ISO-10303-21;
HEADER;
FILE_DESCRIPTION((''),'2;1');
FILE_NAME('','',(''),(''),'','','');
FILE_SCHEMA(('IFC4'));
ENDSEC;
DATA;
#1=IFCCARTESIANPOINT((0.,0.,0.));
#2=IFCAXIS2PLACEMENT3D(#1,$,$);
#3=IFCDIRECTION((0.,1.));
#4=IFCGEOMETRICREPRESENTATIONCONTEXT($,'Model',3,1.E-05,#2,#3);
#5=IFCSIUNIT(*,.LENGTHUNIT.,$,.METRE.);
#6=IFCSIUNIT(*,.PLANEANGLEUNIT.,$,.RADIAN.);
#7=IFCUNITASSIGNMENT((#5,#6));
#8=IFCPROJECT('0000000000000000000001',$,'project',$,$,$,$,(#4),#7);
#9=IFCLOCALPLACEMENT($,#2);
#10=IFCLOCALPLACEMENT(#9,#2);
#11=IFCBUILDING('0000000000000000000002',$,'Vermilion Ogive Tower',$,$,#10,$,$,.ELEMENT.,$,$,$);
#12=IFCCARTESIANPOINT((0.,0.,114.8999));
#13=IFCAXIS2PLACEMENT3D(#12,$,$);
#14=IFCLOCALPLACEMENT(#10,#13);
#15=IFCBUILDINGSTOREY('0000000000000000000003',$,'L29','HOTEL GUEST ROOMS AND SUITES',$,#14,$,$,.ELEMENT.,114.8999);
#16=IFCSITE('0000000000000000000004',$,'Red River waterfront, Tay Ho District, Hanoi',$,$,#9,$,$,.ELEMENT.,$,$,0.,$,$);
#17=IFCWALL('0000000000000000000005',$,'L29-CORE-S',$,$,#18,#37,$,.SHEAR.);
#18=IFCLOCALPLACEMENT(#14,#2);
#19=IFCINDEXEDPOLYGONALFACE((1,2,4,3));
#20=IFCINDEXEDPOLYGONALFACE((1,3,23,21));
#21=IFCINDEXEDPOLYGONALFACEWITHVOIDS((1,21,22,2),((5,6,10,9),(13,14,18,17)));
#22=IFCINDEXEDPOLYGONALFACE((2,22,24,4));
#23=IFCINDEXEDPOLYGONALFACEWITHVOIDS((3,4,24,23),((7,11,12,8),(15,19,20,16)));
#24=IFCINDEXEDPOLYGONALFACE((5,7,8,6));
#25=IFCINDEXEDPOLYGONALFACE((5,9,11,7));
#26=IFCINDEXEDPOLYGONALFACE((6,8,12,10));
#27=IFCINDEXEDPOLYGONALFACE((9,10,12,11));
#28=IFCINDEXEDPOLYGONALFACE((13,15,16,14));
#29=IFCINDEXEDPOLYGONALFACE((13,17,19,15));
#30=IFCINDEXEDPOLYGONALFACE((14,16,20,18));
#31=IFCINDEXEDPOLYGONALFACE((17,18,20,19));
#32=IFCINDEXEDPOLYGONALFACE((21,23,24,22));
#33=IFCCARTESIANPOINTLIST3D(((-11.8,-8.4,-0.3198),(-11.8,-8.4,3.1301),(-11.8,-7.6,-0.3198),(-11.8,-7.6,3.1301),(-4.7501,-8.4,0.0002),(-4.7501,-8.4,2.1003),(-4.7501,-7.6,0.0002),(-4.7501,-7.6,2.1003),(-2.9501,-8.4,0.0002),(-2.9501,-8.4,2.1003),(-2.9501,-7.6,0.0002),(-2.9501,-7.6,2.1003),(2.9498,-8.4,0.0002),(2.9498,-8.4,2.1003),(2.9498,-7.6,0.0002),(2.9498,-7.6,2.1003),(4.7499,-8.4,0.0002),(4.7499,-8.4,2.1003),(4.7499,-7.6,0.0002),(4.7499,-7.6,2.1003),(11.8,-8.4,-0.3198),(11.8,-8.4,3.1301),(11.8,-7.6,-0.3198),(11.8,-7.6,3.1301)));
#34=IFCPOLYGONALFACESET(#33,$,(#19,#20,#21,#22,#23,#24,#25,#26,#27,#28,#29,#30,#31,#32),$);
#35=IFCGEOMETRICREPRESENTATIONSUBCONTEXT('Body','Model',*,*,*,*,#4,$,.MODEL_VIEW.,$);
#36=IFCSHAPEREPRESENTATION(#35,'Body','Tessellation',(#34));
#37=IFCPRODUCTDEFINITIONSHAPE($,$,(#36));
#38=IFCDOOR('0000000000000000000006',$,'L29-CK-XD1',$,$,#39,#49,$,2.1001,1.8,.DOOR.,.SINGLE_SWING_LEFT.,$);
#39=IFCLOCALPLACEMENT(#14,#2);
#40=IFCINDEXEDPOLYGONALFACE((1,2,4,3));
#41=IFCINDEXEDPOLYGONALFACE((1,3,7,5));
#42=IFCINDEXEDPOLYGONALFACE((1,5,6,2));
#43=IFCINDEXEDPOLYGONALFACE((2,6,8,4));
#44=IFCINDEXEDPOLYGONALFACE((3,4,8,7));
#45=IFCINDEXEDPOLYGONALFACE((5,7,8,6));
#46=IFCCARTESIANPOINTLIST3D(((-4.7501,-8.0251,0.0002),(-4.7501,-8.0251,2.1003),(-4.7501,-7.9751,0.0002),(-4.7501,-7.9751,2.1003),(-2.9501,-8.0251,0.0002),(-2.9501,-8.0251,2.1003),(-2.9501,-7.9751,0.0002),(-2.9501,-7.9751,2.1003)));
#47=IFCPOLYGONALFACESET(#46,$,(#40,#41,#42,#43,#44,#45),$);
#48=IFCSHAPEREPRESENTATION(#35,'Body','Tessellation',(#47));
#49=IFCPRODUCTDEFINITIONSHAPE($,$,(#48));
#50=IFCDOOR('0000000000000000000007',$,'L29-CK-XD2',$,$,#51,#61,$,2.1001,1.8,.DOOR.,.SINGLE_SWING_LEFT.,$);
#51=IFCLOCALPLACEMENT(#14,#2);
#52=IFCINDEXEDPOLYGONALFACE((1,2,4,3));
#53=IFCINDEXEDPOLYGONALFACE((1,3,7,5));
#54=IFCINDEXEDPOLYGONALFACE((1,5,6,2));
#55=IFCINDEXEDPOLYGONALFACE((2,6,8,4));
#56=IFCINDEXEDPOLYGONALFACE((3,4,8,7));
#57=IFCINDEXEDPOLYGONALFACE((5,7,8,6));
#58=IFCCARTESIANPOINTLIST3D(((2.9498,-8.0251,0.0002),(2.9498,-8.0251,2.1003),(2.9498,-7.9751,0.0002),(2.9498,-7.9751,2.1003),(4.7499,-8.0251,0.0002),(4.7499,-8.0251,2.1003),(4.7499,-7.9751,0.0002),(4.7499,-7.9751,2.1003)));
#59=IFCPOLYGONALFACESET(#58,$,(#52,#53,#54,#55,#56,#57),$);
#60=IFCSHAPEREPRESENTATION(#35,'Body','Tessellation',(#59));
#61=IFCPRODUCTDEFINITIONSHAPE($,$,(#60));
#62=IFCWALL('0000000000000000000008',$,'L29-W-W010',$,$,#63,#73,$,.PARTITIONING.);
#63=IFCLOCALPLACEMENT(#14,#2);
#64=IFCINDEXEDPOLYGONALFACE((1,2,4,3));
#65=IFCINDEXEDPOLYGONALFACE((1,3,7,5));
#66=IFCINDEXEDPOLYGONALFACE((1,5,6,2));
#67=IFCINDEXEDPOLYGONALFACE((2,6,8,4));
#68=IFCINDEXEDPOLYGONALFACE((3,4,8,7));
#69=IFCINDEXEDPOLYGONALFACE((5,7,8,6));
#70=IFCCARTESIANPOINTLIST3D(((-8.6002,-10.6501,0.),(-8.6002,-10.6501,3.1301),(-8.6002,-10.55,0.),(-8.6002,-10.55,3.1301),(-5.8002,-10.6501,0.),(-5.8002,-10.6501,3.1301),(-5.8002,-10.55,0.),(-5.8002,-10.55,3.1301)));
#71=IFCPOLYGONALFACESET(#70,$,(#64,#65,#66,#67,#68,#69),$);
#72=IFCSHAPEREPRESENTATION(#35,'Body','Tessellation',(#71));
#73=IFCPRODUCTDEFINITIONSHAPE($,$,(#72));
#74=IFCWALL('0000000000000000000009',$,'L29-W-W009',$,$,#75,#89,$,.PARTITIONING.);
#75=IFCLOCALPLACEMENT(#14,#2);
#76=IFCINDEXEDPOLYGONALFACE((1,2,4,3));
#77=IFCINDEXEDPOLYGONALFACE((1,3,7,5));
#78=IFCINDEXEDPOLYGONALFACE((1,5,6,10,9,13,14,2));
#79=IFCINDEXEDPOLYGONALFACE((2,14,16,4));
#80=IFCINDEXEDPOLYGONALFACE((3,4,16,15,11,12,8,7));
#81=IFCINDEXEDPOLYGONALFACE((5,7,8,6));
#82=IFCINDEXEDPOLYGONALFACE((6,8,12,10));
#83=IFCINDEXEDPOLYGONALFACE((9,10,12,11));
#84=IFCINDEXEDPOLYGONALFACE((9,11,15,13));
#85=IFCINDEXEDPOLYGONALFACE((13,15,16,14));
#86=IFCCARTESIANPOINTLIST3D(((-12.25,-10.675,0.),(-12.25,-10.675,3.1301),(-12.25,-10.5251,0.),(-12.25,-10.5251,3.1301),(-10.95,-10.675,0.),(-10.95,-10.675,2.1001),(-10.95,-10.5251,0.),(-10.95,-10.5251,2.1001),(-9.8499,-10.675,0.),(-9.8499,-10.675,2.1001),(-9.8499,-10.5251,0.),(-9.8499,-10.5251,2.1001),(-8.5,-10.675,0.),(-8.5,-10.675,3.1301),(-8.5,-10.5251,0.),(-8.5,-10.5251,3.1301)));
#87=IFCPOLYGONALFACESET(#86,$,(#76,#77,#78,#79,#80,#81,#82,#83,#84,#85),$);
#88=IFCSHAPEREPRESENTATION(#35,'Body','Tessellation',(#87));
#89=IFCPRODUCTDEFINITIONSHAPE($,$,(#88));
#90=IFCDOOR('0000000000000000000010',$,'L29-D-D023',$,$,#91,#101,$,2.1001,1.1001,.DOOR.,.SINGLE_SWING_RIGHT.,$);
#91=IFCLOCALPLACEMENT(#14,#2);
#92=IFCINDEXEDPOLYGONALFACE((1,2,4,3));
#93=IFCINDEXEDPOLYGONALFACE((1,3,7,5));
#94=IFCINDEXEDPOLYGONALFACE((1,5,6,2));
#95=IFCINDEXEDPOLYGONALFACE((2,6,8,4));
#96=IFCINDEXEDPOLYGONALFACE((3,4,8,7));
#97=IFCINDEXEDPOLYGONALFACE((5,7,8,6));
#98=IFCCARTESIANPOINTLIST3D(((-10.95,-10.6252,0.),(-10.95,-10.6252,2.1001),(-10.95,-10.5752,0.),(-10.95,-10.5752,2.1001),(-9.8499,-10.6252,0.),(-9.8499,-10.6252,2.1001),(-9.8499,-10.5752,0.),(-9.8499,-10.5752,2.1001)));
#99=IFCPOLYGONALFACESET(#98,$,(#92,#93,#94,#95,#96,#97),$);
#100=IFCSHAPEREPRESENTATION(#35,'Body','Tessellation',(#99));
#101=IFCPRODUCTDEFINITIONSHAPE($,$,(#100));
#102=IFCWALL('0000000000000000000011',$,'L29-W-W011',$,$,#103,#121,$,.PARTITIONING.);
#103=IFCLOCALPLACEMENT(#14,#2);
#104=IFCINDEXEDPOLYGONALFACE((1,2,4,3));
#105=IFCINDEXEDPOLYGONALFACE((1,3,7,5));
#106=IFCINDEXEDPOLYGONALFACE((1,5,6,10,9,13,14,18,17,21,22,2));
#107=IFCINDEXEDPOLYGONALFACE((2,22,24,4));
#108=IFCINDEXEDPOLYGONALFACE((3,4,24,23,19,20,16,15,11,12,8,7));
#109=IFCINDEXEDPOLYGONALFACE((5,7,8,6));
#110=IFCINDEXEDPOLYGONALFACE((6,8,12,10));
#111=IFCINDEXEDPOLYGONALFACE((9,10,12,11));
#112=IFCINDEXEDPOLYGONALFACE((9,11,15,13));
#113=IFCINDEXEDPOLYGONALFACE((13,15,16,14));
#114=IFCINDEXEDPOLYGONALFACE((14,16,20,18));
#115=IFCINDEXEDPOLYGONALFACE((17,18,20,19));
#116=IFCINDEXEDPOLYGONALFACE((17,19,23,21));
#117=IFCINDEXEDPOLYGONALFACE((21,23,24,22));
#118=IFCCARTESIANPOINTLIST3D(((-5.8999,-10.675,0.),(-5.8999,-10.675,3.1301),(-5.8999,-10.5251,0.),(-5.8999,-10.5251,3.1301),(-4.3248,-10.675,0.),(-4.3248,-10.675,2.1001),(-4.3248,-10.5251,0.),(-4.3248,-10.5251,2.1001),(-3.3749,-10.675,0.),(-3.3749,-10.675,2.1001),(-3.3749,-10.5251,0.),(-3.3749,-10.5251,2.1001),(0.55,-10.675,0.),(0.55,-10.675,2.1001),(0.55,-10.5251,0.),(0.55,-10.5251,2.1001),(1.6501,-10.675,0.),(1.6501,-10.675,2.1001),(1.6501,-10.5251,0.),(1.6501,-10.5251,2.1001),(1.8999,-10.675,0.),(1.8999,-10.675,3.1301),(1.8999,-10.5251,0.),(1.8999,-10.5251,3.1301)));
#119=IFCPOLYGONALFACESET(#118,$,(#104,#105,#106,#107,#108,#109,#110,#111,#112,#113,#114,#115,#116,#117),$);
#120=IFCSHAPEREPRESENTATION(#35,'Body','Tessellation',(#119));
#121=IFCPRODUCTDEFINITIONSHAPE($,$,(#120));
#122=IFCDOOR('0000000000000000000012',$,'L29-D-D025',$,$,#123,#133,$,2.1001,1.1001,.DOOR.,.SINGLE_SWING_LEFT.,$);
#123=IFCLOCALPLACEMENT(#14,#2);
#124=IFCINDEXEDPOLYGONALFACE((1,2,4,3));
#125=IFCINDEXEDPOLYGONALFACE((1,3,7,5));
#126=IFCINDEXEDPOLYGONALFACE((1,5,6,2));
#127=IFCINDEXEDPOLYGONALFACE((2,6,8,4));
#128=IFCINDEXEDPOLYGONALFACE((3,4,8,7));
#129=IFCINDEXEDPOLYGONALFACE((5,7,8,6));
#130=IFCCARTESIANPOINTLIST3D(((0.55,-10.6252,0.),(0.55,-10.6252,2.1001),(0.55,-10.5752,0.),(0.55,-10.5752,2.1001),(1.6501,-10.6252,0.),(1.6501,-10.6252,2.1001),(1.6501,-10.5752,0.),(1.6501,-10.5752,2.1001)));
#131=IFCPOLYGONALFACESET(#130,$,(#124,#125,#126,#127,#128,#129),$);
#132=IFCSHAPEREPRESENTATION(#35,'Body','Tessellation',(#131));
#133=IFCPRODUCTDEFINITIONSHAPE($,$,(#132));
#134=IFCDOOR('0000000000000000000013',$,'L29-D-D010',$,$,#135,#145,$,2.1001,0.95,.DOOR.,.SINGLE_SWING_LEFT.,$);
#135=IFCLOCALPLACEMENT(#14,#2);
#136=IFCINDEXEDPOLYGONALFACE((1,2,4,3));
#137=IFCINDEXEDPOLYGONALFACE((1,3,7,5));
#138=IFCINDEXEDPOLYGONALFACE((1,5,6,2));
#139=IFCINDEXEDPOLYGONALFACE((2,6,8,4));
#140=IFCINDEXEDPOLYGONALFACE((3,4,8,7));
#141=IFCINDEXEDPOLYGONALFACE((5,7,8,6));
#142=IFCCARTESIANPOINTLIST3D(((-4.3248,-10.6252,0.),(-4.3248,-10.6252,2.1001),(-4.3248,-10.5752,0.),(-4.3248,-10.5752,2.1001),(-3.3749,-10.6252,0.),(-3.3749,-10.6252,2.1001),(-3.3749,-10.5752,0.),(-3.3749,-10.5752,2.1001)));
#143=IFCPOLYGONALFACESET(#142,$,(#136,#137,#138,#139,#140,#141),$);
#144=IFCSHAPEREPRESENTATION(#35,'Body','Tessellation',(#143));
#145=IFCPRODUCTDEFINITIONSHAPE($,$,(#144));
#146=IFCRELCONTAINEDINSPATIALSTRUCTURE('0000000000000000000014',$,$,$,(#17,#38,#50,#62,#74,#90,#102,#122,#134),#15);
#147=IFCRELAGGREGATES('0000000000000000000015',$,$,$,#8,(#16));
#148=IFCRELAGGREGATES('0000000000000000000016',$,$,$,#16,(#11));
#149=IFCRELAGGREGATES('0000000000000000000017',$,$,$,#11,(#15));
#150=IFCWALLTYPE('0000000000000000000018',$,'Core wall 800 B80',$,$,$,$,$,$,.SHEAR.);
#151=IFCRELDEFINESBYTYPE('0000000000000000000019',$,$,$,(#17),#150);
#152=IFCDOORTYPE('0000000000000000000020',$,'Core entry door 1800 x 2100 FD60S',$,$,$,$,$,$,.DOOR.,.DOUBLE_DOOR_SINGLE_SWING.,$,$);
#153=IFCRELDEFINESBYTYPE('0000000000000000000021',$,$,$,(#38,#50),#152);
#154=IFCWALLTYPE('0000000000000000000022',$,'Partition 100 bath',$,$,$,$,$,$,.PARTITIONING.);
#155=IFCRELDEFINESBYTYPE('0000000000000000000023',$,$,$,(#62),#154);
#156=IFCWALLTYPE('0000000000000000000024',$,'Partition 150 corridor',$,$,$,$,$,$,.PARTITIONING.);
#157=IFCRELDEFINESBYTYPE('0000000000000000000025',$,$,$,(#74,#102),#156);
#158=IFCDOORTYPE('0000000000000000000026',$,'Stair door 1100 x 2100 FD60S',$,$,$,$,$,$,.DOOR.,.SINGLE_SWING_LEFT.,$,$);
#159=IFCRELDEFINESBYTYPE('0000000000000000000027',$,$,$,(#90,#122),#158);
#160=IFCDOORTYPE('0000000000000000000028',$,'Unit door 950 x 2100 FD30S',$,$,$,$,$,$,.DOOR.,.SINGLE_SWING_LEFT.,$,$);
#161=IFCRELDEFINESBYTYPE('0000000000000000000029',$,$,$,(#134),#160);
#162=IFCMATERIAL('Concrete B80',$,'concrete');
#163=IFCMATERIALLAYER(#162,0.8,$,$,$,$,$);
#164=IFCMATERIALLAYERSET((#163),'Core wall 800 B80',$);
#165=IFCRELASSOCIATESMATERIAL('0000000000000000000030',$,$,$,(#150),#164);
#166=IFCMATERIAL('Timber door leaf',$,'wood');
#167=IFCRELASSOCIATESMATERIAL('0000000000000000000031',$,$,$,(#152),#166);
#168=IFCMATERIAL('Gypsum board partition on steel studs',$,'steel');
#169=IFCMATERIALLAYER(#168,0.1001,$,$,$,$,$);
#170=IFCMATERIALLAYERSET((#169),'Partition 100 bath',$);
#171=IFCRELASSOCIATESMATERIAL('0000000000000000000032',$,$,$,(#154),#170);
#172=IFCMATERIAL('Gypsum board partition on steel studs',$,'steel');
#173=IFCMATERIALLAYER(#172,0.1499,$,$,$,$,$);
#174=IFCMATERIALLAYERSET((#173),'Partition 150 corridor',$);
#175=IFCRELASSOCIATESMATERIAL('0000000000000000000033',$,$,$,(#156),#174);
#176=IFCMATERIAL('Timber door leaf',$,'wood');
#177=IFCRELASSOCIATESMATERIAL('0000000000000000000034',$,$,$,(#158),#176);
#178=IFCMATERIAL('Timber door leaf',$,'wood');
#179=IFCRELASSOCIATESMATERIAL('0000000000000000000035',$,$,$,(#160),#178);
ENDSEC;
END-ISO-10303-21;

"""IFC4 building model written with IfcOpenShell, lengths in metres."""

from ifc_helpers import new_model, si_unit, direction, frame, frame_2d, origin, place, context, subcontext, project, spatial, rectangle, extrude, material, layer, layer_set, type_object, element, fill, save


model = new_model("IFC4")

# Units and contexts
model_context = context("Model", 3, precision=1e-05, world=origin(), true_north=direction((0.0, 1.0)))
body_context = subcontext(model_context, "Body", "Model", "MODEL_VIEW")
ifc_project = project(units=[si_unit("LENGTHUNIT", "METRE"), si_unit("PLANEANGLEUNIT", "RADIAN")], contexts=[model_context])

# Site, building, storey
site_placement = place(None, origin())
site = spatial("IfcSite", under=ifc_project, at=site_placement, Name="Red River waterfront, Tay Ho District, Hanoi", CompositionType="ELEMENT", RefElevation=0.0)
building_placement = place(site_placement, origin())
building = spatial("IfcBuilding", under=site, at=building_placement, Name="Vermilion Ogive Tower", CompositionType="ELEMENT")
storey_placement = place(building_placement, frame((0.0, 0.0, 114.8999)))
storey = spatial("IfcBuildingStorey", under=building, at=storey_placement, Name="L29", Description="HOTEL GUEST ROOMS AND SUITES", CompositionType="ELEMENT", Elevation=114.8999)

# Wall, openings, doors
ifc_material_1 = material(Name="Concrete B80", Category="concrete")
ifc_layer_1 = layer(ifc_material_1, 0.8)
ifc_layer_set_1 = layer_set([ifc_layer_1], Name="Core wall 800 B80")
wall_type_1 = type_object("IfcWallType", Name="Core wall 800 B80", PredefinedType="SHEAR", material=ifc_layer_set_1)
wall_1_placement = place(storey_placement, frame((-11.8, -8.0, -0.3198), z_axis=(0.0, 0.0, 1.0), x_axis=(1.0, 0.0, 0.0)))
wall_1 = element("IfcWall", 1, at=wall_1_placement, inside=storey, type_object=wall_type_1, Name="L29-CORE-S", PredefinedType="SHEAR", context=body_context, shape_type="SweptSolid", body=[
    extrude(rectangle(XDim=23.6001, YDim=0.8, at=frame_2d((11.8, 0.0))), origin(), (0.0, 0.0, 1.0), 3.45),
])
opening_1_placement = place(wall_1_placement, frame((7.05, 0.0, 0.3201)))
opening_1 = element("IfcOpeningElement", 2, at=opening_1_placement, cuts=wall_1, PredefinedType="OPENING", context=body_context, shape_type="SweptSolid", body=[
    extrude(rectangle(XDim=1.8, YDim=2.1001, at=frame_2d((0.8999, 1.05))), frame((0.0, 0.4099, 0.0), z_axis=(0.0, -1.0, 0.0), x_axis=(1.0, 0.0, 0.0)), (0.0, 0.0, 1.0), 0.8201),
])
opening_2_placement = place(wall_1_placement, frame((14.75, 0.0, 0.3201)))
opening_2 = element("IfcOpeningElement", 3, at=opening_2_placement, cuts=wall_1, PredefinedType="OPENING", context=body_context, shape_type="SweptSolid", body=[
    extrude(rectangle(XDim=1.8, YDim=2.1001, at=frame_2d((0.8999, 1.05))), frame((0.0, 0.4099, 0.0), z_axis=(0.0, -1.0, 0.0), x_axis=(1.0, 0.0, 0.0)), (0.0, 0.0, 1.0), 0.8201),
])
ifc_material_2 = material(Name="Timber door leaf", Category="wood")
door_type_1 = type_object("IfcDoorType", Name="Core entry door 1800 x 2100 FD60S", OperationType="DOUBLE_DOOR_SINGLE_SWING", PredefinedType="DOOR", material=ifc_material_2)
door_1_placement = place(opening_1_placement, origin())
door_1 = element("IfcDoor", 4, at=door_1_placement, inside=storey, type_object=door_type_1, Name="L29-CK-XD1", OperationType="SINGLE_SWING_LEFT", OverallHeight=2.1001, OverallWidth=1.8, PredefinedType="DOOR", context=body_context, shape_type="SweptSolid", body=[
    extrude(rectangle(XDim=1.8, YDim=2.1001, at=frame_2d((0.8999, 1.05))), frame((0.0, 0.0249, 0.0), z_axis=(0.0, -1.0, 0.0), x_axis=(1.0, 0.0, 0.0)), (0.0, 0.0, 1.0), 0.05),
])
fill(opening_1, door_1)
door_2_placement = place(opening_2_placement, origin())
door_2 = element("IfcDoor", 5, at=door_2_placement, inside=storey, type_object=door_type_1, Name="L29-CK-XD2", OperationType="SINGLE_SWING_LEFT", OverallHeight=2.1001, OverallWidth=1.8, PredefinedType="DOOR", context=body_context, shape_type="SweptSolid", body=[
    extrude(rectangle(XDim=1.8, YDim=2.1001, at=frame_2d((0.8999, 1.05))), frame((0.0, 0.0249, 0.0), z_axis=(0.0, -1.0, 0.0), x_axis=(1.0, 0.0, 0.0)), (0.0, 0.0, 1.0), 0.05),
])
fill(opening_2, door_2)

# Wall
ifc_material_3 = material(Name="Gypsum board partition on steel studs", Category="steel")
ifc_layer_2 = layer(ifc_material_3, 0.1001)
ifc_layer_set_2 = layer_set([ifc_layer_2], Name="Partition 100 bath")
wall_type_2 = type_object("IfcWallType", Name="Partition 100 bath", PredefinedType="PARTITIONING", material=ifc_layer_set_2)
wall_2_placement = place(storey_placement, frame((-8.6001, -10.6001, 0.0), z_axis=(0.0, 0.0, 1.0), x_axis=(1.0, 0.0, 0.0)))
element("IfcWall", 6, at=wall_2_placement, inside=storey, type_object=wall_type_2, Name="L29-W-W010", PredefinedType="PARTITIONING", context=body_context, shape_type="SweptSolid", body=[
    extrude(rectangle(XDim=2.8, YDim=0.1001, at=frame_2d((1.3999, 0.0))), origin(), (0.0, 0.0, 1.0), 3.1301),
])

# Wall, opening, door
ifc_material_4 = material(Name="Gypsum board partition on steel studs", Category="steel")
ifc_layer_3 = layer(ifc_material_4, 0.1499)
ifc_layer_set_3 = layer_set([ifc_layer_3], Name="Partition 150 corridor")
wall_type_3 = type_object("IfcWallType", Name="Partition 150 corridor", PredefinedType="PARTITIONING", material=ifc_layer_set_3)
wall_3_placement = place(storey_placement, frame((-12.25, -10.6001, 0.0), z_axis=(0.0, 0.0, 1.0), x_axis=(1.0, 0.0, 0.0)))
wall_3 = element("IfcWall", 7, at=wall_3_placement, inside=storey, type_object=wall_type_3, Name="L29-W-W009", PredefinedType="PARTITIONING", context=body_context, shape_type="SweptSolid", body=[
    extrude(rectangle(XDim=3.75, YDim=0.1499, at=frame_2d((1.875, 0.0))), origin(), (0.0, 0.0, 1.0), 3.1301),
])
opening_3_placement = place(wall_3_placement, frame((1.3, 0.0, 0.0)))
opening_3 = element("IfcOpeningElement", 8, at=opening_3_placement, cuts=wall_3, PredefinedType="OPENING", context=body_context, shape_type="SweptSolid", body=[
    extrude(rectangle(XDim=1.1001, YDim=2.1001, at=frame_2d((0.55, 1.05))), frame((0.0, 0.085, 0.0), z_axis=(0.0, -1.0, 0.0), x_axis=(1.0, 0.0, 0.0)), (0.0, 0.0, 1.0), 0.1699),
])
ifc_material_5 = material(Name="Timber door leaf", Category="wood")
door_type_2 = type_object("IfcDoorType", Name="Stair door 1100 x 2100 FD60S", OperationType="SINGLE_SWING_LEFT", PredefinedType="DOOR", material=ifc_material_5)
door_3_placement = place(opening_3_placement, origin())
door_3 = element("IfcDoor", 9, at=door_3_placement, inside=storey, type_object=door_type_2, Name="L29-D-D023", OperationType="SINGLE_SWING_RIGHT", OverallHeight=2.1001, OverallWidth=1.1001, PredefinedType="DOOR", context=body_context, shape_type="SweptSolid", body=[
    extrude(rectangle(XDim=1.1001, YDim=2.1001, at=frame_2d((0.55, 1.05))), frame((0.0, 0.0249, 0.0), z_axis=(0.0, -1.0, 0.0), x_axis=(1.0, 0.0, 0.0)), (0.0, 0.0, 1.0), 0.05),
])
fill(opening_3, door_3)

# Wall, openings, doors
wall_4_placement = place(storey_placement, frame((-5.8999, -10.6001, 0.0), z_axis=(0.0, 0.0, 1.0), x_axis=(1.0, 0.0, 0.0)))
wall_4 = element("IfcWall", 10, at=wall_4_placement, inside=storey, type_object=wall_type_3, Name="L29-W-W011", PredefinedType="PARTITIONING", context=body_context, shape_type="SweptSolid", body=[
    extrude(rectangle(XDim=7.7998, YDim=0.1499, at=frame_2d((3.8999, 0.0))), origin(), (0.0, 0.0, 1.0), 3.1301),
])
opening_4_placement = place(wall_4_placement, frame((1.575, 0.0, 0.0)))
opening_4 = element("IfcOpeningElement", 11, at=opening_4_placement, cuts=wall_4, PredefinedType="OPENING", context=body_context, shape_type="SweptSolid", body=[
    extrude(rectangle(XDim=0.95, YDim=2.1001, at=frame_2d((0.4751, 1.05))), frame((0.0, 0.085, 0.0), z_axis=(0.0, -1.0, 0.0), x_axis=(1.0, 0.0, 0.0)), (0.0, 0.0, 1.0), 0.1699),
])
opening_5_placement = place(wall_4_placement, frame((6.45, 0.0, 0.0)))
opening_5 = element("IfcOpeningElement", 12, at=opening_5_placement, cuts=wall_4, PredefinedType="OPENING", context=body_context, shape_type="SweptSolid", body=[
    extrude(rectangle(XDim=1.1001, YDim=2.1001, at=frame_2d((0.55, 1.05))), frame((0.0, 0.085, 0.0), z_axis=(0.0, -1.0, 0.0), x_axis=(1.0, 0.0, 0.0)), (0.0, 0.0, 1.0), 0.1699),
])
door_4_placement = place(opening_5_placement, origin())
door_4 = element("IfcDoor", 13, at=door_4_placement, inside=storey, type_object=door_type_2, Name="L29-D-D025", OperationType="SINGLE_SWING_LEFT", OverallHeight=2.1001, OverallWidth=1.1001, PredefinedType="DOOR", context=body_context, shape_type="SweptSolid", body=[
    extrude(rectangle(XDim=1.1001, YDim=2.1001, at=frame_2d((0.55, 1.05))), frame((0.0, 0.0249, 0.0), z_axis=(0.0, -1.0, 0.0), x_axis=(1.0, 0.0, 0.0)), (0.0, 0.0, 1.0), 0.05),
])
fill(opening_5, door_4)
ifc_material_6 = material(Name="Timber door leaf", Category="wood")
door_type_3 = type_object("IfcDoorType", Name="Unit door 950 x 2100 FD30S", OperationType="SINGLE_SWING_LEFT", PredefinedType="DOOR", material=ifc_material_6)
door_5_placement = place(opening_4_placement, origin())
door_5 = element("IfcDoor", 14, at=door_5_placement, inside=storey, type_object=door_type_3, Name="L29-D-D010", OperationType="SINGLE_SWING_LEFT", OverallHeight=2.1001, OverallWidth=0.95, PredefinedType="DOOR", context=body_context, shape_type="SweptSolid", body=[
    extrude(rectangle(XDim=0.95, YDim=2.1001, at=frame_2d((0.4751, 1.05))), frame((0.0, 0.0249, 0.0), z_axis=(0.0, -1.0, 0.0), x_axis=(1.0, 0.0, 0.0)), (0.0, 0.0, 1.0), 0.05),
])
fill(opening_4, door_5)

save(model, "model.ifc")
